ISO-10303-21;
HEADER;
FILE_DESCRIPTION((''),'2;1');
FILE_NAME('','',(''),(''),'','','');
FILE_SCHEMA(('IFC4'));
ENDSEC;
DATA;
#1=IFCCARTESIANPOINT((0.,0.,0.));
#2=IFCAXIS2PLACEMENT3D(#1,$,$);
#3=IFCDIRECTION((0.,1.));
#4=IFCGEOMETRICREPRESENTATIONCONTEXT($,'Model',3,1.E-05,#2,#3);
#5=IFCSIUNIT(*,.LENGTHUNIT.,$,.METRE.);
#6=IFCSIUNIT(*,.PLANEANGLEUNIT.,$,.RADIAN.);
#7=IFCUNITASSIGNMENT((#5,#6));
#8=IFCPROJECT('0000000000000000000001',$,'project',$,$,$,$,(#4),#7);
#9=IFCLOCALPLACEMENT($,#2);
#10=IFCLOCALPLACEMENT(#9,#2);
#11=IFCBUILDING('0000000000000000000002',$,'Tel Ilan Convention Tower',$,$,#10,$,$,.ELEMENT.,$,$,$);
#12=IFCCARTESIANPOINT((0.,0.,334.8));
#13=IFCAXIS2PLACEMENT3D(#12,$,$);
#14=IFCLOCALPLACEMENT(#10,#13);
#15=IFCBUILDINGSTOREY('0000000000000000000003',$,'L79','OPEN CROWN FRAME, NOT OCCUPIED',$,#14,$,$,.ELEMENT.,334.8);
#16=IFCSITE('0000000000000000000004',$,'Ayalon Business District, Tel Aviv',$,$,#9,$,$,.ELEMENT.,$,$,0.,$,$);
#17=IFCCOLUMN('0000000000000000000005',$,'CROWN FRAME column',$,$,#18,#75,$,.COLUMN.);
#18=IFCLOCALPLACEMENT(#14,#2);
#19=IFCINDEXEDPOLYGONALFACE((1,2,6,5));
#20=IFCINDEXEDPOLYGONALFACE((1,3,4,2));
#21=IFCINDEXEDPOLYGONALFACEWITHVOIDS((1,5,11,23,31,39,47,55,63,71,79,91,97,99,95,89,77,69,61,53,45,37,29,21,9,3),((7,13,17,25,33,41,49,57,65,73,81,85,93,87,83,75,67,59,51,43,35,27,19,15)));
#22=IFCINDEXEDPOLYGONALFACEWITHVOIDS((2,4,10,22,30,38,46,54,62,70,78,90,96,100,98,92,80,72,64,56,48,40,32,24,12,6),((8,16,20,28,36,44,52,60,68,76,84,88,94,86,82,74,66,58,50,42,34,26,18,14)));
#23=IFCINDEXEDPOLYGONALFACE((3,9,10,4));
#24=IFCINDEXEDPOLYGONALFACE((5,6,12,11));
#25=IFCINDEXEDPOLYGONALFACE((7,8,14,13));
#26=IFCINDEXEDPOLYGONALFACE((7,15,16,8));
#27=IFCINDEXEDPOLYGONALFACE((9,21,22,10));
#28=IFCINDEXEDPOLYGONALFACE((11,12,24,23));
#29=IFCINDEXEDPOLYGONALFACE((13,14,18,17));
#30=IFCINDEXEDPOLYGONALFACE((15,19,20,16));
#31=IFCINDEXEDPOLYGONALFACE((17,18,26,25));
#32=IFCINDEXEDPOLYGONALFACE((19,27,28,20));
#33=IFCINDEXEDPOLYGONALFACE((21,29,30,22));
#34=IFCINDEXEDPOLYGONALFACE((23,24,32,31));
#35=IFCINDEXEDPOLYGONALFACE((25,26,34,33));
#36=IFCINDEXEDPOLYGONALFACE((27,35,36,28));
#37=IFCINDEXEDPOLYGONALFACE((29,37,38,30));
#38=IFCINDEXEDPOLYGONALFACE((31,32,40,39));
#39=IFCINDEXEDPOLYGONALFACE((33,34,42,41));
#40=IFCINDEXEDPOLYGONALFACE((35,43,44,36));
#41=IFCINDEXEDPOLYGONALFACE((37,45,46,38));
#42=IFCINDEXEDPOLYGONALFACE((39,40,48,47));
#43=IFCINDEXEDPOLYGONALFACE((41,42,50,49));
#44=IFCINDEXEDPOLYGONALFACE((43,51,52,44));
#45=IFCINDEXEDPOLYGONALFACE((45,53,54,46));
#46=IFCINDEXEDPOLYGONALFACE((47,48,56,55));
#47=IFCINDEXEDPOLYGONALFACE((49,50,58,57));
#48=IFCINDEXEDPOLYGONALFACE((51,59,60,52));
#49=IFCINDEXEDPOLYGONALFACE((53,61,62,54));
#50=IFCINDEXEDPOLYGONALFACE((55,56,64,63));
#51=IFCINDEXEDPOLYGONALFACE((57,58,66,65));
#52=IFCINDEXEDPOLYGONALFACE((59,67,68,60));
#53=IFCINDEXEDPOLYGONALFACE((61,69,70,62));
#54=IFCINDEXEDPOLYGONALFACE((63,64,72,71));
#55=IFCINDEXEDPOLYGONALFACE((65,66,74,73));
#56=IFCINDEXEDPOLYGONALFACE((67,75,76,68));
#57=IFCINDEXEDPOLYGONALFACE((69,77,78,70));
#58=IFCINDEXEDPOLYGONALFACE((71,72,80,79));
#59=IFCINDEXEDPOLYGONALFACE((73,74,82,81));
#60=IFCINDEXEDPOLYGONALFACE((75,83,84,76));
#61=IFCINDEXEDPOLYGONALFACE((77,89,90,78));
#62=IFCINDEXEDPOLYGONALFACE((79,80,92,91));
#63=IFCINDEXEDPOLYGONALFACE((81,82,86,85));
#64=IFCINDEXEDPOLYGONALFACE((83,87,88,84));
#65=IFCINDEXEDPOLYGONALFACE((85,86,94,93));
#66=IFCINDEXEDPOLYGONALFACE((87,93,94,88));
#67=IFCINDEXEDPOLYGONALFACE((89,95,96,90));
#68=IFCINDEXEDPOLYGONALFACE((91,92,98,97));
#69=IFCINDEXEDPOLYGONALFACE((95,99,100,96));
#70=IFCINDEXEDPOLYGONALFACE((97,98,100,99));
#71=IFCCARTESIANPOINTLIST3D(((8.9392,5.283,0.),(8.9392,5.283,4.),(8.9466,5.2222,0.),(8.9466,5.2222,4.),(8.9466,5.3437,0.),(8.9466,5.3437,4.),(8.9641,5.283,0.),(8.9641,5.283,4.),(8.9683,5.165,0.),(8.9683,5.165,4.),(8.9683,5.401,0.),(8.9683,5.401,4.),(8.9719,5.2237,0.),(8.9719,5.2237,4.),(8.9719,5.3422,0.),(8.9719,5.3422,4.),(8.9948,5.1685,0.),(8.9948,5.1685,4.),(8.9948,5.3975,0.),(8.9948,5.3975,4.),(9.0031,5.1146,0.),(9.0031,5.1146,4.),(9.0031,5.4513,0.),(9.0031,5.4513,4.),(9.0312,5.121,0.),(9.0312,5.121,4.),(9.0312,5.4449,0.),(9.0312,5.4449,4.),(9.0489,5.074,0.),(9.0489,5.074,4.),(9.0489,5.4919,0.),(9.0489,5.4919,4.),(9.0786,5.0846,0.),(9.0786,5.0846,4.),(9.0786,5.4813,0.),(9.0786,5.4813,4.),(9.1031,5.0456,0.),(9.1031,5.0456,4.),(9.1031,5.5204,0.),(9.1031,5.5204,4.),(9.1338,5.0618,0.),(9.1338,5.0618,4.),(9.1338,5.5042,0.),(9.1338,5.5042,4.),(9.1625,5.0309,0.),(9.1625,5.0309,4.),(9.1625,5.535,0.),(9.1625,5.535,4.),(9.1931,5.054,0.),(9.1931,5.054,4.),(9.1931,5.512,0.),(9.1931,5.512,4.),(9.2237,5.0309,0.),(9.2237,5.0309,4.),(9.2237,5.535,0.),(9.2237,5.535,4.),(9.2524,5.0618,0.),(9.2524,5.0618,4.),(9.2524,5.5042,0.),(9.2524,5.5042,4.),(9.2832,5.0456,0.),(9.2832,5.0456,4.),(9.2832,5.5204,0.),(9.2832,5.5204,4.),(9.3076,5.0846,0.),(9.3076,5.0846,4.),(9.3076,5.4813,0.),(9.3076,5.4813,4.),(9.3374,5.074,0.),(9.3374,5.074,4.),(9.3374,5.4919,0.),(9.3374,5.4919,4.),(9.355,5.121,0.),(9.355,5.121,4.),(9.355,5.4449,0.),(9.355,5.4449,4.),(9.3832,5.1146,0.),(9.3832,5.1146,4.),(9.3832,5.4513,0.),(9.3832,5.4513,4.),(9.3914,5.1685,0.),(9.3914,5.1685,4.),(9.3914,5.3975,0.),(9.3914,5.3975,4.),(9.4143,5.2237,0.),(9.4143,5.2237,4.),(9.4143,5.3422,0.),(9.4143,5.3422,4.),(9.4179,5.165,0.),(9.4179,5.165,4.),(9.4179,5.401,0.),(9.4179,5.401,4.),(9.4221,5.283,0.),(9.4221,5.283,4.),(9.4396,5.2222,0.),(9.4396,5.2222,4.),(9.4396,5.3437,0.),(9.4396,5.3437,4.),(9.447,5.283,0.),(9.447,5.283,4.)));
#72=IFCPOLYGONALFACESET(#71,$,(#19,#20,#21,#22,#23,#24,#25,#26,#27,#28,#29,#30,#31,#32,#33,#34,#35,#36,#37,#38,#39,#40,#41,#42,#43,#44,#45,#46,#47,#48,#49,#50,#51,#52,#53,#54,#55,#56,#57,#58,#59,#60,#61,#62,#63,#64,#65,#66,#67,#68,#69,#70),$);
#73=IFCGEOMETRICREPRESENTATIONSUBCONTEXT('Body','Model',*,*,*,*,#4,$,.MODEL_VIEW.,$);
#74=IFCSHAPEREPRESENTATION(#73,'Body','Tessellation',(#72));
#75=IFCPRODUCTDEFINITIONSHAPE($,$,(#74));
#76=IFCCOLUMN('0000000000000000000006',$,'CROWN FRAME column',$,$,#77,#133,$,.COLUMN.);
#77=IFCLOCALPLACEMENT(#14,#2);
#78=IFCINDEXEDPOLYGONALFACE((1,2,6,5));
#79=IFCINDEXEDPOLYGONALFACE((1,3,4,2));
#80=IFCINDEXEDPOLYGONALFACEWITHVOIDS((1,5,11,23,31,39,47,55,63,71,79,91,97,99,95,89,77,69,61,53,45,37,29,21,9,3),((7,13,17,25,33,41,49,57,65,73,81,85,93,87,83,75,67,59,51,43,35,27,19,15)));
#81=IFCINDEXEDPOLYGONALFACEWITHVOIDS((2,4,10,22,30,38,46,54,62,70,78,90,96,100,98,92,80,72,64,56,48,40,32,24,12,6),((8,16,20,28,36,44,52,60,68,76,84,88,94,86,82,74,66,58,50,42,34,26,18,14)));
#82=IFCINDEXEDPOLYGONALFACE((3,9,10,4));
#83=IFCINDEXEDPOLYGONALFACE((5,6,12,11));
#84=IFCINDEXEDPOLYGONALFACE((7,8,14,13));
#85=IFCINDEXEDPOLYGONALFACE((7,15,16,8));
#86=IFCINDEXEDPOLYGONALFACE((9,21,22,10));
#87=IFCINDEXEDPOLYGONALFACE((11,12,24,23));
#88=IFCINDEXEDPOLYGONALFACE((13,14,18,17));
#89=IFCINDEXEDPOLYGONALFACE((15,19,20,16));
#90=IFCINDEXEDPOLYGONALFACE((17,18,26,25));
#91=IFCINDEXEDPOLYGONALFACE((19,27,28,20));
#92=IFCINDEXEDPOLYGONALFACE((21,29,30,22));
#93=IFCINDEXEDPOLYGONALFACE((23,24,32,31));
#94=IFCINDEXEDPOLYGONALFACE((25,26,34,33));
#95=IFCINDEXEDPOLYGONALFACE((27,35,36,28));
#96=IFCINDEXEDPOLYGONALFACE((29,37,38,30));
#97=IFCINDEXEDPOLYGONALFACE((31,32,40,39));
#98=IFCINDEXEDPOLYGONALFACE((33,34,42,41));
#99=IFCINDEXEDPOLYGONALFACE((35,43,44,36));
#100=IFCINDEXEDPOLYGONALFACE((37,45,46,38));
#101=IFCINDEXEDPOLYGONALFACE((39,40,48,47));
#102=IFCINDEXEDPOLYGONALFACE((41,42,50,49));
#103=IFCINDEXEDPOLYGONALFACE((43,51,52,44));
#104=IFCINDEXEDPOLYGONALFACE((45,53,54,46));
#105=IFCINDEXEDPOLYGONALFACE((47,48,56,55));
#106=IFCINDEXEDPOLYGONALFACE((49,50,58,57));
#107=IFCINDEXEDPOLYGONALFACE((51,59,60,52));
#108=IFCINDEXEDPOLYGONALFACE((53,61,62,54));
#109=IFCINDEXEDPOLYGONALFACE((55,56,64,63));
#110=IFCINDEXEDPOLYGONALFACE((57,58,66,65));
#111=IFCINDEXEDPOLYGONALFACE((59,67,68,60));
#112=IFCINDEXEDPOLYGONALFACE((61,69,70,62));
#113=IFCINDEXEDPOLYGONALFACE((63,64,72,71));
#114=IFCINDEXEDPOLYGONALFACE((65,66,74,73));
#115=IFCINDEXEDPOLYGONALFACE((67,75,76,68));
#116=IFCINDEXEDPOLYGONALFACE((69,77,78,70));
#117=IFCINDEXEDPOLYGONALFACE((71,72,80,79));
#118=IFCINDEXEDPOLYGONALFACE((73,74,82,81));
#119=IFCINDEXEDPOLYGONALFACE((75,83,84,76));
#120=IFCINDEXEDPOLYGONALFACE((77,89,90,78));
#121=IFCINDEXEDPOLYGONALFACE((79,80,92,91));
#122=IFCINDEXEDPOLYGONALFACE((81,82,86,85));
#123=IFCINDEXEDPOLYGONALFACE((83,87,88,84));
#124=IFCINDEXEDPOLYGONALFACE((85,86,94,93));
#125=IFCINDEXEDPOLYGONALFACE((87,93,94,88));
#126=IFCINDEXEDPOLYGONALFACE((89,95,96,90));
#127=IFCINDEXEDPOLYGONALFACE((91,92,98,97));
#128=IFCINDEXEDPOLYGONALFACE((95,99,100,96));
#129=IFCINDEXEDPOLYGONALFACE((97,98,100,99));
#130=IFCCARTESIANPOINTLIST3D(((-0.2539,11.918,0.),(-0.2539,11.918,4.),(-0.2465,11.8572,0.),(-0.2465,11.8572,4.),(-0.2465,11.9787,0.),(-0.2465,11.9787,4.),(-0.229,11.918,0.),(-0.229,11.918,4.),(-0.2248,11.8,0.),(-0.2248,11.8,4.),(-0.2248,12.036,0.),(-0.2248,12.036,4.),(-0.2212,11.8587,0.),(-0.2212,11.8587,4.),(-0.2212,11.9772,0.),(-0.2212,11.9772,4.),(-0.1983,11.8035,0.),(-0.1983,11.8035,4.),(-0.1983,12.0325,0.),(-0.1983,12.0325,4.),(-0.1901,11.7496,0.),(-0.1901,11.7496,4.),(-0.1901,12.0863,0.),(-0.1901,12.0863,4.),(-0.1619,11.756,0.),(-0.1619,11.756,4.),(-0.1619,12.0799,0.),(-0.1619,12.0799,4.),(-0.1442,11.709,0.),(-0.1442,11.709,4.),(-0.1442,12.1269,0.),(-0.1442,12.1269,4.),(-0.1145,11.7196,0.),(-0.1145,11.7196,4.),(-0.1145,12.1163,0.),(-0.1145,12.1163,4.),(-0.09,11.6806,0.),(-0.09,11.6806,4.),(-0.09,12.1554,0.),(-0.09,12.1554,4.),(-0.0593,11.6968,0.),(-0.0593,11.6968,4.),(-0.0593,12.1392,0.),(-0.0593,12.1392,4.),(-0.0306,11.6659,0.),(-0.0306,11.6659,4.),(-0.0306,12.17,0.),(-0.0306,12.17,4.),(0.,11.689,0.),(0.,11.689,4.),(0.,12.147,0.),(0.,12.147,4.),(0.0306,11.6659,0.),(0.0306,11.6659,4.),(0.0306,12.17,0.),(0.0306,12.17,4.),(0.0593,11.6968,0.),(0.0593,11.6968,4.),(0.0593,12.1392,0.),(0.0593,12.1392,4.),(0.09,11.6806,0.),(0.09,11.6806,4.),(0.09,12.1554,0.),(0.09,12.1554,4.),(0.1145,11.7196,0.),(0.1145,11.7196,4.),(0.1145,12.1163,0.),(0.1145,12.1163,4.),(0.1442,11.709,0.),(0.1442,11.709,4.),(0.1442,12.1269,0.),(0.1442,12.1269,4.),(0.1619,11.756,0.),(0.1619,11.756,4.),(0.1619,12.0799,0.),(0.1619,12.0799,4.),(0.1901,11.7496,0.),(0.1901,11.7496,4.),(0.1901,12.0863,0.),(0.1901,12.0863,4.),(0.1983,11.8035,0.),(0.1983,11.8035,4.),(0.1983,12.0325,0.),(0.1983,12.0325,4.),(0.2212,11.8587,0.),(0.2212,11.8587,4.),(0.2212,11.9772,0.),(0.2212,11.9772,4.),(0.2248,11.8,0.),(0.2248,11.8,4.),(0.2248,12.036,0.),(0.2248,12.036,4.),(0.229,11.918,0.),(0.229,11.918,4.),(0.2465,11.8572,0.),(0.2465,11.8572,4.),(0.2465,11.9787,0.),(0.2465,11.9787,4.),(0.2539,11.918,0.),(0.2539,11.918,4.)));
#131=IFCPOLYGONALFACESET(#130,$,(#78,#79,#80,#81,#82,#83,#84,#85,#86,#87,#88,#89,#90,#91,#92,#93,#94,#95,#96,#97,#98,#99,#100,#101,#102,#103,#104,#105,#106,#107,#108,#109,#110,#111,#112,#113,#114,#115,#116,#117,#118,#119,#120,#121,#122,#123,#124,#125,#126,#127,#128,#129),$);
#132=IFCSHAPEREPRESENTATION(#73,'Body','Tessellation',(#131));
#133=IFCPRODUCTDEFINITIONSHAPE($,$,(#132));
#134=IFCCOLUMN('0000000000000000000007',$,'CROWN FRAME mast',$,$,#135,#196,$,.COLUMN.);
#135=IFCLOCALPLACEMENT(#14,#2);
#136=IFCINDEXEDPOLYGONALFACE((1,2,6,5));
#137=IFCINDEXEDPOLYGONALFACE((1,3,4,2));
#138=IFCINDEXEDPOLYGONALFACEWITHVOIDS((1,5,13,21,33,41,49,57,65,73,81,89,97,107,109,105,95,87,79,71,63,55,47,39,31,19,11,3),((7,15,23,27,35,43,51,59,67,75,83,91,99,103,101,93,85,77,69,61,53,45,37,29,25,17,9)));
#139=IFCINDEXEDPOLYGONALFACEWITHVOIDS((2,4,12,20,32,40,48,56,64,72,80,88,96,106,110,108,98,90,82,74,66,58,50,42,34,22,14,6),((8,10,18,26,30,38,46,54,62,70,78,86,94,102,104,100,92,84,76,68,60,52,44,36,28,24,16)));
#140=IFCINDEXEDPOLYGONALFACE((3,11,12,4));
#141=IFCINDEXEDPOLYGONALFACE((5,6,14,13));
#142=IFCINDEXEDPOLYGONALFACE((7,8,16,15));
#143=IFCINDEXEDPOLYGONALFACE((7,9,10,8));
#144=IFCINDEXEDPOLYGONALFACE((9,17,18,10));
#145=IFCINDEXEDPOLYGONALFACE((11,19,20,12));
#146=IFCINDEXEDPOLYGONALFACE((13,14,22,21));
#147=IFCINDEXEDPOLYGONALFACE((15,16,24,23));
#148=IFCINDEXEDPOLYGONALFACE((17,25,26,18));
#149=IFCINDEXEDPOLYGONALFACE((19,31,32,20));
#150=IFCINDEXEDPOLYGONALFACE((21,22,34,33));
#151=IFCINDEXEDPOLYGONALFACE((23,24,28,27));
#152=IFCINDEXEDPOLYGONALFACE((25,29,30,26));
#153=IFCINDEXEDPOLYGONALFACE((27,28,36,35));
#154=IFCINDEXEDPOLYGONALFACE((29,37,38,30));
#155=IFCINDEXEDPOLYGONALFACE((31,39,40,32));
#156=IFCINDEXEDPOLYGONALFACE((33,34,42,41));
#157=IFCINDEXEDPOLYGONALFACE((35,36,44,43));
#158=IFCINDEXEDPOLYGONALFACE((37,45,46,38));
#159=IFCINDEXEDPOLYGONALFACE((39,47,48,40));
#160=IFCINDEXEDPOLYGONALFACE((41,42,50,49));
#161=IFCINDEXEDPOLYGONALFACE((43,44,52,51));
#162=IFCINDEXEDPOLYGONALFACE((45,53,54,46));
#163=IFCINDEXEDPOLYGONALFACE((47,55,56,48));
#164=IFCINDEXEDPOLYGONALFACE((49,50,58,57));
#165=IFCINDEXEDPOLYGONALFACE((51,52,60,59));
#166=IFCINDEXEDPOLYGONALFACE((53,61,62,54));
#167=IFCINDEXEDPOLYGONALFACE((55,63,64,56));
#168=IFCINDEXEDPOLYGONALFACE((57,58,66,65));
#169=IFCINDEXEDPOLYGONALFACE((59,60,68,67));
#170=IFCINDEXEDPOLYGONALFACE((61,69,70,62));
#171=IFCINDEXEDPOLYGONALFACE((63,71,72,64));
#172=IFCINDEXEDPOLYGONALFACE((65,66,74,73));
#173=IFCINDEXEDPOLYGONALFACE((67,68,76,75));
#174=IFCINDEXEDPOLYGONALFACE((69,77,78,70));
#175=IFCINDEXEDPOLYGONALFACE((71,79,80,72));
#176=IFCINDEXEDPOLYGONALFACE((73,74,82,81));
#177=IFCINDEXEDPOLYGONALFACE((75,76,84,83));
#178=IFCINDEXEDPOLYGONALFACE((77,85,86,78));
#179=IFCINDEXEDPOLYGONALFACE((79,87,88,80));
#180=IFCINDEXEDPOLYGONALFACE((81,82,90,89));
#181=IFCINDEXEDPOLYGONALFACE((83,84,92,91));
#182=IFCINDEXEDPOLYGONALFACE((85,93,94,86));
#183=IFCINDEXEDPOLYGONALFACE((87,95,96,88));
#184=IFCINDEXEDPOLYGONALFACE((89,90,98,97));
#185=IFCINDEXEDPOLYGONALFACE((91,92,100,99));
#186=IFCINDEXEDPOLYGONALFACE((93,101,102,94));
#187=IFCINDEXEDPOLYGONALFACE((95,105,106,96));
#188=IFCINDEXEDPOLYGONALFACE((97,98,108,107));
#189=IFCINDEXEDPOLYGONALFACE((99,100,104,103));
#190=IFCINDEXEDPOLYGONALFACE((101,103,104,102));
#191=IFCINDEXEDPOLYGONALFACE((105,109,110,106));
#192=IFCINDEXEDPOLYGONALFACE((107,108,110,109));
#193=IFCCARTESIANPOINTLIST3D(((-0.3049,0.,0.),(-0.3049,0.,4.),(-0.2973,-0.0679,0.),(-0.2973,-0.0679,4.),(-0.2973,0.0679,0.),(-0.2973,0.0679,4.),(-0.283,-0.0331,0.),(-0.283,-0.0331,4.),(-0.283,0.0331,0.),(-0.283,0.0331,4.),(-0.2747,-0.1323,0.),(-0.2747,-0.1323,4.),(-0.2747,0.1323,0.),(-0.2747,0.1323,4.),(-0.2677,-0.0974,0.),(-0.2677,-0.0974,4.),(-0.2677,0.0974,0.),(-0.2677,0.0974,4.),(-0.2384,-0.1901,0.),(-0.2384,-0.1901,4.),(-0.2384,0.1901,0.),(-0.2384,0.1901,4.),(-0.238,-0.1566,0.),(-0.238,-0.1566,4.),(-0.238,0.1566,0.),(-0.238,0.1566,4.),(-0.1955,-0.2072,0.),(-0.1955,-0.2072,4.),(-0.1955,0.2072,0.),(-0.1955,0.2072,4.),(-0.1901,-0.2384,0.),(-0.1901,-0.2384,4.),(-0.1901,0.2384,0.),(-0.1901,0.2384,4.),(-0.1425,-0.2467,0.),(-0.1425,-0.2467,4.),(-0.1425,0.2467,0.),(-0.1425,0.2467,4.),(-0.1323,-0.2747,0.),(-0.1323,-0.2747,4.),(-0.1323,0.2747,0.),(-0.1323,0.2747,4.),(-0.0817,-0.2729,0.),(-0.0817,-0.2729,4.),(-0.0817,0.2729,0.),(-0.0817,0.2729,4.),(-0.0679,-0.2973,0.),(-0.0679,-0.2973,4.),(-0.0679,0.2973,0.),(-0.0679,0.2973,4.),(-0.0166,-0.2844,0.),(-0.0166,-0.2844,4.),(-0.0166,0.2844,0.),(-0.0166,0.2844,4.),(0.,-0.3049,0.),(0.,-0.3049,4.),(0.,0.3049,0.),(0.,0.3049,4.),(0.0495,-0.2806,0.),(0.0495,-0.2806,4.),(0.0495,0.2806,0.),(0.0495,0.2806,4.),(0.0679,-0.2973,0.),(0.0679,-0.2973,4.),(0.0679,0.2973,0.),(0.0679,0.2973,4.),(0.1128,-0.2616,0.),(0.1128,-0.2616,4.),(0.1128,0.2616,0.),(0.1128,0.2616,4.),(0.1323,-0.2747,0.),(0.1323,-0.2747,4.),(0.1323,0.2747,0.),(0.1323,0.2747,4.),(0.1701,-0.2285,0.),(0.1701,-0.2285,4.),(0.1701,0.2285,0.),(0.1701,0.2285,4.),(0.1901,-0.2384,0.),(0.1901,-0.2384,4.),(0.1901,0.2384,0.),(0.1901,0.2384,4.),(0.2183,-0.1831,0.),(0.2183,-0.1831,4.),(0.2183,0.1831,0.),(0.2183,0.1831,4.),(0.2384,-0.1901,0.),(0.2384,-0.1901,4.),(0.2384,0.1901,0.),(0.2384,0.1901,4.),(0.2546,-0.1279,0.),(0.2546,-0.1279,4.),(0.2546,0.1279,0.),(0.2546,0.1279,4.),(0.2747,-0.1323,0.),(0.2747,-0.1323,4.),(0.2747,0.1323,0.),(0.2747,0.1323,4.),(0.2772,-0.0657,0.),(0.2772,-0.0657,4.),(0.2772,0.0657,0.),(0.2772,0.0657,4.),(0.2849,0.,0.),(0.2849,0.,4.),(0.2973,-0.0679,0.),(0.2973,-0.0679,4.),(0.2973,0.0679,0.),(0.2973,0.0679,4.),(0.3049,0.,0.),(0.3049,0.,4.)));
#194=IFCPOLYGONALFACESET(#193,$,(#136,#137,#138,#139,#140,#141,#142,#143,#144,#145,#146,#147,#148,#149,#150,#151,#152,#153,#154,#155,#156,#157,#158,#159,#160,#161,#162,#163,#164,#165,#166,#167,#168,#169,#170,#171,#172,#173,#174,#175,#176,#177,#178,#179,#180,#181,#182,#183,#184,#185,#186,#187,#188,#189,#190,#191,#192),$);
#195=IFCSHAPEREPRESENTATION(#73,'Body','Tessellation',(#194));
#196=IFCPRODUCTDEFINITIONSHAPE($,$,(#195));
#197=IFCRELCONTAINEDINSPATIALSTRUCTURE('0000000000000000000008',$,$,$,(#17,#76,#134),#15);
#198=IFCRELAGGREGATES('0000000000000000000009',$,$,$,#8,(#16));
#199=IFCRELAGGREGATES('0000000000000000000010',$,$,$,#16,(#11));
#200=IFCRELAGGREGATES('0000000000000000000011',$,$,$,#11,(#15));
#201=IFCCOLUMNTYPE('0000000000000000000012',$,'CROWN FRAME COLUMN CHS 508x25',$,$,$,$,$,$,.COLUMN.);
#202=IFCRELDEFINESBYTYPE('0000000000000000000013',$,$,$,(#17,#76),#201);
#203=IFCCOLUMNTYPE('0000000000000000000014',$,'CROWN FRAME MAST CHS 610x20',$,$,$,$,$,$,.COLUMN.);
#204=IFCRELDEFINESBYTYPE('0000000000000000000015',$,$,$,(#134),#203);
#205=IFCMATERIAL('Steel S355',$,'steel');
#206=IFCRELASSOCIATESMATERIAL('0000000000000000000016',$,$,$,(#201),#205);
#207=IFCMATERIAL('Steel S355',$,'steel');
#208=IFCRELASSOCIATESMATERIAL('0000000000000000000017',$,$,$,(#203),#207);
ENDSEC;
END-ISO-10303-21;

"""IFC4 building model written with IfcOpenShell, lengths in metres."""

from ifc_helpers import new_model, si_unit, direction, frame, origin, origin_with_axes, origin_2d, place, context, subcontext, project, spatial, hollow_circle, extrude, material, material_profile, profile_set, type_object, element, save


model = new_model("IFC4")

# Units and contexts
model_context = context("Model", 3, precision=1e-05, world=origin(), true_north=direction((0.0, 1.0)))
body_context = subcontext(model_context, "Body", "Model", "MODEL_VIEW")
ifc_project = project(units=[si_unit("LENGTHUNIT", "METRE"), si_unit("PLANEANGLEUNIT", "RADIAN")], contexts=[model_context])

# Site, building, storey
site_placement = place(None, origin())
site = spatial("IfcSite", under=ifc_project, at=site_placement, Name="Ayalon Business District, Tel Aviv", CompositionType="ELEMENT", RefElevation=0.0)
building_placement = place(site_placement, origin())
building = spatial("IfcBuilding", under=site, at=building_placement, Name="Tel Ilan Convention Tower", CompositionType="ELEMENT")
storey_placement = place(building_placement, frame((0.0, 0.0, 334.8)))
storey = spatial("IfcBuildingStorey", under=building, at=storey_placement, Name="L79", Description="OPEN CROWN FRAME, NOT OCCUPIED", CompositionType="ELEMENT", Elevation=334.8)

# Columns
ifc_material_1 = material(Name="Steel S355", Category="steel")
ifc_material_profile_1 = material_profile(ifc_material_1, hollow_circle(Radius=0.2539, WallThickness=0.0249, at=origin_2d()), Name="CHS 508x25")
ifc_profile_set_1 = profile_set([ifc_material_profile_1], Name="Steel S355")
column_type_1 = type_object("IfcColumnType", Name="CROWN FRAME COLUMN CHS 508x25", PredefinedType="COLUMN", material=ifc_profile_set_1)
for number, where, z_axis, x_axis, name in (
    (1, (9.1931, 5.283, 0.0), (0.0, 0.0, 1.0), (1.0, 0.0, 0.0), "CROWN FRAME column"),
    (2, (0.0, 11.918, 0.0), (0.0, 0.0, 1.0), (1.0, 0.0, 0.0), "CROWN FRAME column"),
):
    element("IfcColumn", number, at=place(storey_placement, frame(where, z_axis=z_axis, x_axis=x_axis)), inside=storey, type_object=column_type_1, Name=name, PredefinedType="COLUMN", context=body_context, shape_type="SweptSolid", body=[
        extrude(hollow_circle(Radius=0.2539, WallThickness=0.0249, at=origin_2d()), origin(), (0.0, 0.0, 1.0), 4.0),
    ])
ifc_material_2 = material(Name="Steel S355", Category="steel")
ifc_material_profile_2 = material_profile(ifc_material_2, hollow_circle(Radius=0.3049, WallThickness=0.02, at=origin_2d()), Name="CHS 610x20")
ifc_profile_set_2 = profile_set([ifc_material_profile_2], Name="Steel S355")
column_type_2 = type_object("IfcColumnType", Name="CROWN FRAME MAST CHS 610x20", PredefinedType="COLUMN", material=ifc_profile_set_2)
column_placement = place(storey_placement, origin_with_axes())
element("IfcColumn", 3, at=column_placement, inside=storey, type_object=column_type_2, Name="CROWN FRAME mast", PredefinedType="COLUMN", context=body_context, shape_type="SweptSolid", body=[
    extrude(hollow_circle(Radius=0.3049, WallThickness=0.02, at=origin_2d()), origin(), (0.0, 0.0, 1.0), 4.0),
])

save(model, "model.ifc")
